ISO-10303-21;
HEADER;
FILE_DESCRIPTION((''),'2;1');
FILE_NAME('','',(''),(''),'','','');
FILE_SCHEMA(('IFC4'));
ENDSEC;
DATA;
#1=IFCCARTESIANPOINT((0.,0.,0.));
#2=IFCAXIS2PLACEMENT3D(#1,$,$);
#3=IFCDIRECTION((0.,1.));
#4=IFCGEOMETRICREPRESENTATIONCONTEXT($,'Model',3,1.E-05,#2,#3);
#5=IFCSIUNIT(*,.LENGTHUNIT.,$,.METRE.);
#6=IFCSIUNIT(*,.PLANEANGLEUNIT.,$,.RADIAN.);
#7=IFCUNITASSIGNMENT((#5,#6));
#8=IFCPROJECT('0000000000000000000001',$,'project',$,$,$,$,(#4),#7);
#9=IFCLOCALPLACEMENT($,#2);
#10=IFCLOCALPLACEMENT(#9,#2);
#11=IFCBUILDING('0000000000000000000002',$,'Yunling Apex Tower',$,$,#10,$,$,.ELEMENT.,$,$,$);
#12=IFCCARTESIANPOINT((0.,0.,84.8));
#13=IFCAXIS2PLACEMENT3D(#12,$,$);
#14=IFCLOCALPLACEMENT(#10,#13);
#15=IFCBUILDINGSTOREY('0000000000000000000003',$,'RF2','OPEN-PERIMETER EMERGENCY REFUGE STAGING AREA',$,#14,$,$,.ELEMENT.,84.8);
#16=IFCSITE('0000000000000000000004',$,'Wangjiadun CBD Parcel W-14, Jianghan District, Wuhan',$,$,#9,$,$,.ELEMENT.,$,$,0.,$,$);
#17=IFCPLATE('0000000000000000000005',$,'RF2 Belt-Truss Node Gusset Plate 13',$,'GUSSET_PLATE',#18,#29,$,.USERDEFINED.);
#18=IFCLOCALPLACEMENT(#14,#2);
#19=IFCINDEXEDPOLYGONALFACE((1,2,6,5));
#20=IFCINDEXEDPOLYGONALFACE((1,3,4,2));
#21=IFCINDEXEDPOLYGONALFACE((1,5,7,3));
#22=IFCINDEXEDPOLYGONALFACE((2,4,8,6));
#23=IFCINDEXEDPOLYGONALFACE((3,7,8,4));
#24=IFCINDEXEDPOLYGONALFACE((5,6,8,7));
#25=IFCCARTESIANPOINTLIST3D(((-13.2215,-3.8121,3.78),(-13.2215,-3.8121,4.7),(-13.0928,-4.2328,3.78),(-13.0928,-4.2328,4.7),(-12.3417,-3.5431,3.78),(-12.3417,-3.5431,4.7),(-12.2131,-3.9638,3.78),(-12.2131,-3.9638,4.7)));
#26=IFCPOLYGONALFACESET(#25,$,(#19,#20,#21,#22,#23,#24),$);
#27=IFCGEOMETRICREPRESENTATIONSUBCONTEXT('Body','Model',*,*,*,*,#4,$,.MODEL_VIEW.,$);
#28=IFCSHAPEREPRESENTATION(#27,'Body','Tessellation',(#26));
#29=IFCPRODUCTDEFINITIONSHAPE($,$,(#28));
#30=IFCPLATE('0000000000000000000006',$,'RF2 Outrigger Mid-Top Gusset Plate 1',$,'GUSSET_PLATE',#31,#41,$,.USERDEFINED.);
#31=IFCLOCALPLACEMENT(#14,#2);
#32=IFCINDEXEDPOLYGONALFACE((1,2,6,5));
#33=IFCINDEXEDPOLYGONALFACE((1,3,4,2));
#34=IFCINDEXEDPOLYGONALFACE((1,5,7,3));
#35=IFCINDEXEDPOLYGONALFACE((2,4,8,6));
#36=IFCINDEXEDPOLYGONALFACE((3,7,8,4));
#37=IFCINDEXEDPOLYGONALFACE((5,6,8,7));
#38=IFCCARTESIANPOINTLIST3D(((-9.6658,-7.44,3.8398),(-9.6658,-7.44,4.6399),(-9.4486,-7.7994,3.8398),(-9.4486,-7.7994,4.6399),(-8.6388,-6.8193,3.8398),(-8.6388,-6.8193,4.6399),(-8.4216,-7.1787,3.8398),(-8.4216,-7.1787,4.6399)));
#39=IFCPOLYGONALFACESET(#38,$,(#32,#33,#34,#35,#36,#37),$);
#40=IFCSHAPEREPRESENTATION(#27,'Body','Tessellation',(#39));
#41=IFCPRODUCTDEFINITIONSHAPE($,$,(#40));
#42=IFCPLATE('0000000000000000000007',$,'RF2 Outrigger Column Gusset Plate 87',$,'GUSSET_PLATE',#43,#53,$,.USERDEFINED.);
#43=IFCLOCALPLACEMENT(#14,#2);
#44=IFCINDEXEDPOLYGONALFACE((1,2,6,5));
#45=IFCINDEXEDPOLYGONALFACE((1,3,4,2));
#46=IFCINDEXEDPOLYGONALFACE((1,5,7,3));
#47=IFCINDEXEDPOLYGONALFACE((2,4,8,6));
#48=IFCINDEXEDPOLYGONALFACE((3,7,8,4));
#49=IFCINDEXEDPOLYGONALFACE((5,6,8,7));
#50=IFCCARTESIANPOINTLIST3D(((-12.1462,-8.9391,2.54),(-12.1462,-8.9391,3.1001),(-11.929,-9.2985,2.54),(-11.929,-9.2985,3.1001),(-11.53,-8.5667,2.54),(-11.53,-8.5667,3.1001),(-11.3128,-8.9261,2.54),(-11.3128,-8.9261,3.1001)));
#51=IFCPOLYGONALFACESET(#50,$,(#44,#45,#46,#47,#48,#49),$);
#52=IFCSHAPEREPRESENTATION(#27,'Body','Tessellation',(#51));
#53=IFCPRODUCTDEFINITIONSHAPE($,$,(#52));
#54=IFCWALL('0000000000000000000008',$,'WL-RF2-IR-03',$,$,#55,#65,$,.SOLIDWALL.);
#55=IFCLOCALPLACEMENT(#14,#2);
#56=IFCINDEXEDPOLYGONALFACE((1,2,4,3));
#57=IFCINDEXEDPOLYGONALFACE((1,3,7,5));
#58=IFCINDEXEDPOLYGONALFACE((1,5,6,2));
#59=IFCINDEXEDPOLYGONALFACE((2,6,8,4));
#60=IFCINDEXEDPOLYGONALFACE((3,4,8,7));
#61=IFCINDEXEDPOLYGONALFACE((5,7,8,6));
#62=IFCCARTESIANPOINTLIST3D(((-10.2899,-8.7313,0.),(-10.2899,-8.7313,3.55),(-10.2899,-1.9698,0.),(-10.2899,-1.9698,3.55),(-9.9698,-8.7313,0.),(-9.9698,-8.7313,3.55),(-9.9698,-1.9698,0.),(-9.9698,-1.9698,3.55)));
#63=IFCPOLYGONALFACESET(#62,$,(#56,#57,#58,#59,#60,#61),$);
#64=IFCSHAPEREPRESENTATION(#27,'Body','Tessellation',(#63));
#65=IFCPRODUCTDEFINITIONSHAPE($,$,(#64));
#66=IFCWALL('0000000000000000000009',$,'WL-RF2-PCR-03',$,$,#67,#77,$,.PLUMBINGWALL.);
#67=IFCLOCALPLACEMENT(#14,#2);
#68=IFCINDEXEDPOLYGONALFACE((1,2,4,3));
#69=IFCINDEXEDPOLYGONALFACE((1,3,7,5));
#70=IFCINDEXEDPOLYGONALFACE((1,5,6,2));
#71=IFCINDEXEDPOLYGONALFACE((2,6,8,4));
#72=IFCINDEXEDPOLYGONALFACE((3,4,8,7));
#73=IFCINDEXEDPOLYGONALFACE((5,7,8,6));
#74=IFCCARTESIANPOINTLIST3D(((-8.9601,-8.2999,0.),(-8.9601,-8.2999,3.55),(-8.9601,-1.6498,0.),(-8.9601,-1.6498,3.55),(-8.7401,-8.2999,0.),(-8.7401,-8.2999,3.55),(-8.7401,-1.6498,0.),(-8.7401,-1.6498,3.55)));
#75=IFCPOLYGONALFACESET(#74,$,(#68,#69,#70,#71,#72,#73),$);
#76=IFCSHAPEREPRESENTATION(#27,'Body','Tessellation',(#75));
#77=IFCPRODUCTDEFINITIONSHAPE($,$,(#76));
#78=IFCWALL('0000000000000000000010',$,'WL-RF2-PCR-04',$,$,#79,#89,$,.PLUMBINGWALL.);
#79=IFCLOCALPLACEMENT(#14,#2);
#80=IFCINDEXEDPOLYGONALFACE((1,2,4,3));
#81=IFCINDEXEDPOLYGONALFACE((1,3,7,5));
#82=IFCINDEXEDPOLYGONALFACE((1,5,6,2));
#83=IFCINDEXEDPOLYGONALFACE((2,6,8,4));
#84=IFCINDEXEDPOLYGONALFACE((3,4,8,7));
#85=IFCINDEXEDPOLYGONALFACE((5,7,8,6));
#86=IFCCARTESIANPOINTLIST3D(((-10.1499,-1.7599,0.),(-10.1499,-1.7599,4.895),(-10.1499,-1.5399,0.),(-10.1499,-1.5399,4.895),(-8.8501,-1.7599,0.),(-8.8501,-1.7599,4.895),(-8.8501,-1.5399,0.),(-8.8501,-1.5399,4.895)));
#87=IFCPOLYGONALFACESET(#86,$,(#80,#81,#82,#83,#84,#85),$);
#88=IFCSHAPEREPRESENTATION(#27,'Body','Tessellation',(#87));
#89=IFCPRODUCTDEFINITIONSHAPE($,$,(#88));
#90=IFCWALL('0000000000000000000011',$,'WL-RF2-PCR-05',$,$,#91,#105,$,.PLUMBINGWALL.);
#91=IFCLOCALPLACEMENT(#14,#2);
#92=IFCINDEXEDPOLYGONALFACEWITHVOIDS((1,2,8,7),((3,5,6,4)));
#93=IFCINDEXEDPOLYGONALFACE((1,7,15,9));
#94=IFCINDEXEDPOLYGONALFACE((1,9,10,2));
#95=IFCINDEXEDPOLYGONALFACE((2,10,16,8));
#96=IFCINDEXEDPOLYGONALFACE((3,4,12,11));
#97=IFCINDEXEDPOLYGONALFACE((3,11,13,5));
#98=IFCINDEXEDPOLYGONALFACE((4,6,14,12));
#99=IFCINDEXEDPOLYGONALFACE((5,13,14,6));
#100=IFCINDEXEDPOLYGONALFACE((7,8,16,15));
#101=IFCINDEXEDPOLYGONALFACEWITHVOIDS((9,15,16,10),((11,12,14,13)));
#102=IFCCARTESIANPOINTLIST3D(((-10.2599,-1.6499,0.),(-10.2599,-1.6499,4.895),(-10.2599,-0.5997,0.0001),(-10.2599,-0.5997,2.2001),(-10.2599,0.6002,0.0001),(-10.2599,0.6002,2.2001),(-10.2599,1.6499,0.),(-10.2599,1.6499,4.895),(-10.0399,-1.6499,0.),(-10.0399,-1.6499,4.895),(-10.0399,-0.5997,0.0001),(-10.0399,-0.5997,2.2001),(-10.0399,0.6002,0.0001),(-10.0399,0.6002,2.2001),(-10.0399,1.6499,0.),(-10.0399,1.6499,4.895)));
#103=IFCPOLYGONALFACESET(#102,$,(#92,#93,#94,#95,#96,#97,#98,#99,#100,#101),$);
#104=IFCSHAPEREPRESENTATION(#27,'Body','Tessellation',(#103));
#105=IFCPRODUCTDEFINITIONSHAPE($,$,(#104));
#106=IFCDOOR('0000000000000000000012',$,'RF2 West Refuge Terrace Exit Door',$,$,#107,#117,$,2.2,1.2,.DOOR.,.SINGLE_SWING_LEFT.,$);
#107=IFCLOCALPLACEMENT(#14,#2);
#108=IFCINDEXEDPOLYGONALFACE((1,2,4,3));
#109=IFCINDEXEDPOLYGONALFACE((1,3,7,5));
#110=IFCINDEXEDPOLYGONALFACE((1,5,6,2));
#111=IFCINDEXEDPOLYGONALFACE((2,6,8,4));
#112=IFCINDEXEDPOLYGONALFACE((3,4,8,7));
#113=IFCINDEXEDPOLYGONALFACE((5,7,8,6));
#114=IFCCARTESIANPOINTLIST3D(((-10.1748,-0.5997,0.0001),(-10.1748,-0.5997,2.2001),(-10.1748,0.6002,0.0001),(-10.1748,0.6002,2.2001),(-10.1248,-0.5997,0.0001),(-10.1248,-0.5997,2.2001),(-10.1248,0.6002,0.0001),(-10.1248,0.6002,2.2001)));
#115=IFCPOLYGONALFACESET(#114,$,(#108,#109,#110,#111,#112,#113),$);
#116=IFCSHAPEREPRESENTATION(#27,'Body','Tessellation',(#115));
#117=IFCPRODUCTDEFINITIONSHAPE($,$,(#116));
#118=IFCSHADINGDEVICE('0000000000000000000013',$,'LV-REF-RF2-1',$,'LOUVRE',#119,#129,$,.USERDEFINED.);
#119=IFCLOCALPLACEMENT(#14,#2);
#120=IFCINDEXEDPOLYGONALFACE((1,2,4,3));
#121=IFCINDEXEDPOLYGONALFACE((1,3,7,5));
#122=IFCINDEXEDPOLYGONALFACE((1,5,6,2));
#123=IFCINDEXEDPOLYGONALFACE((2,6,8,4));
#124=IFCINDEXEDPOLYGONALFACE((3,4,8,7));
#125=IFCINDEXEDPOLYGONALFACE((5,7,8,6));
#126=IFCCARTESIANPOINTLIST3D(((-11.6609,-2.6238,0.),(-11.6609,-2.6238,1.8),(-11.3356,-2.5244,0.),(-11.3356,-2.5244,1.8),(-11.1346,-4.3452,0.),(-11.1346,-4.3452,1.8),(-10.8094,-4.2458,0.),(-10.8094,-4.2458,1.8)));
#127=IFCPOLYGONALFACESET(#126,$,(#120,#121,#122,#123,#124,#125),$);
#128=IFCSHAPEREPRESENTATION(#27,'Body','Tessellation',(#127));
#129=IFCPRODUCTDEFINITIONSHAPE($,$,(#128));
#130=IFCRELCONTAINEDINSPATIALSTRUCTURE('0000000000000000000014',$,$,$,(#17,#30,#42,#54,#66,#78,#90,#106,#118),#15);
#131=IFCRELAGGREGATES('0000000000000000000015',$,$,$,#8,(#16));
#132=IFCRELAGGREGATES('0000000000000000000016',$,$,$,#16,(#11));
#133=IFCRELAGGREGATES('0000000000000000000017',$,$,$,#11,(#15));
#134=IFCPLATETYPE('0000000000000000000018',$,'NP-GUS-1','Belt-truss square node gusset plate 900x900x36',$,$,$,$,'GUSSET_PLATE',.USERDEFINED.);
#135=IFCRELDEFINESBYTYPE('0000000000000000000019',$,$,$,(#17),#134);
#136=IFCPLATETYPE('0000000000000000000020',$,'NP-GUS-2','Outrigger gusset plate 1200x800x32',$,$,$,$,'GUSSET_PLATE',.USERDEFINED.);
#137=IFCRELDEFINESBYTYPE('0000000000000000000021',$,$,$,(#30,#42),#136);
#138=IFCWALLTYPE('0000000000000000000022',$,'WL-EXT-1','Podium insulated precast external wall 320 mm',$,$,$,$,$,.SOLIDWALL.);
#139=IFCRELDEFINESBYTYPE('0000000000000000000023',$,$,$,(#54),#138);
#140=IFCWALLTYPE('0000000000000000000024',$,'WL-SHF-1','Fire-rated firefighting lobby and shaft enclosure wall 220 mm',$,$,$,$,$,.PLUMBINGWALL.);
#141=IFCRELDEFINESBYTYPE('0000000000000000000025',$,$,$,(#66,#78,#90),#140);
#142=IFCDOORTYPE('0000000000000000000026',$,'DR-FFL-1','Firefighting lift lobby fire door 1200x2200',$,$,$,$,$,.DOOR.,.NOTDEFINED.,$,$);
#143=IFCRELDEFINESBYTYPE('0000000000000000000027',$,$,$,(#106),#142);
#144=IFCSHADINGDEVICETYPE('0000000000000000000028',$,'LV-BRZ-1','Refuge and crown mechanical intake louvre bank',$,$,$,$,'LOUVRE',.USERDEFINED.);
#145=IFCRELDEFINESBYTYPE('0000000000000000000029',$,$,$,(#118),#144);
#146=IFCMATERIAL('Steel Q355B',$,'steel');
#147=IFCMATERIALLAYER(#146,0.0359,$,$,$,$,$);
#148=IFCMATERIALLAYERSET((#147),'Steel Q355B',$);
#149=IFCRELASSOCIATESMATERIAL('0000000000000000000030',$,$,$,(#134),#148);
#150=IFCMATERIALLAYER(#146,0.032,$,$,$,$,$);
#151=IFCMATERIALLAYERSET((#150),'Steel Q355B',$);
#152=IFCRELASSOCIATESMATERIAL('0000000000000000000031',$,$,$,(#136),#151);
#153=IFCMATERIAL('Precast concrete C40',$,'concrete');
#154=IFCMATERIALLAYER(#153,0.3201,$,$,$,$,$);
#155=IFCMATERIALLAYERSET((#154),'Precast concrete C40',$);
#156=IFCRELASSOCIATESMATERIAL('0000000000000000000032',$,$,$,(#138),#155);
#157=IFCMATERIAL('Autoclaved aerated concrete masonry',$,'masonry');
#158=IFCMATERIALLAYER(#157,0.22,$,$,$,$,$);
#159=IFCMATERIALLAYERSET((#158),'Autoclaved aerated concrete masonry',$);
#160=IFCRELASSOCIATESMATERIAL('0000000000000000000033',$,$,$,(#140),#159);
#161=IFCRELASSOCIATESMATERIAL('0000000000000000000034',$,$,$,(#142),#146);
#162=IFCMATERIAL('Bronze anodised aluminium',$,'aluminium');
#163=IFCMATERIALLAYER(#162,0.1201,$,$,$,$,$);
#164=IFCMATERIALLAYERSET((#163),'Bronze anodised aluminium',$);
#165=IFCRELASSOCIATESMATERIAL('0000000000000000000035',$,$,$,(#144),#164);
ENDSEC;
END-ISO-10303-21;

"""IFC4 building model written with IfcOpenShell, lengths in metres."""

from ifc_helpers import new_model, si_unit, direction, frame, frame_2d, origin, origin_2d, place, context, subcontext, project, spatial, rectangle, extrude, source, transform, mapped, material, layer, layer_set, type_object, element, fill, save


model = new_model("IFC4")

# Units and contexts
model_context = context("Model", 3, precision=1e-05, world=origin(), true_north=direction((0.0, 1.0)))
body_context = subcontext(model_context, "Body", "Model", "MODEL_VIEW")
ifc_project = project(units=[si_unit("LENGTHUNIT", "METRE"), si_unit("PLANEANGLEUNIT", "RADIAN")], contexts=[model_context])

# Site, building, storey
site_placement = place(None, origin())
site = spatial("IfcSite", under=ifc_project, at=site_placement, Name="Wangjiadun CBD Parcel W-14, Jianghan District, Wuhan", CompositionType="ELEMENT", RefElevation=0.0)
building_placement = place(site_placement, origin())
building = spatial("IfcBuilding", under=site, at=building_placement, Name="Yunling Apex Tower", CompositionType="ELEMENT")
storey_placement = place(building_placement, frame((0.0, 0.0, 84.8)))
storey = spatial("IfcBuildingStorey", under=building, at=storey_placement, Name="RF2", Description="OPEN-PERIMETER EMERGENCY REFUGE STAGING AREA", CompositionType="ELEMENT", Elevation=84.8)

# Shared definitions
ifc_material_1 = material(Name="Steel Q355B", Category="steel")

# Plates
ifc_layer_1 = layer(ifc_material_1, 0.0359)
ifc_layer_set_1 = layer_set([ifc_layer_1], Name="Steel Q355B")
plate_type_1 = type_object("IfcPlateType", Name="NP-GUS-1", Description="Belt-truss square node gusset plate 900x900x36", ElementType="GUSSET_PLATE", PredefinedType="USERDEFINED", material=ifc_layer_set_1)
shared_shape_1 = source(origin(), body_context, "Body", "SweptSolid", [
    extrude(rectangle(XDim=0.9199, YDim=0.4399, at=origin_2d()), origin(), (0.0, 0.0, 1.0), 0.9199),
])
plate_1_placement = place(storey_placement, frame((-12.7173, -3.8879, 3.78), z_axis=(0.0, 0.0, 1.0), x_axis=(-0.956305, -0.292372, 0.0)))
element("IfcPlate", 1, at=plate_1_placement, inside=storey, type_object=plate_type_1, Name="RF2 Belt-Truss Node Gusset Plate 13", ObjectType="GUSSET_PLATE", PredefinedType="USERDEFINED", context=body_context, shape_type="MappedRepresentation", body=[
    mapped(shared_shape_1, transform((0.0, 0.0, 0.0), scale=1.0)),
])
ifc_layer_2 = layer(ifc_material_1, 0.032)
ifc_layer_set_2 = layer_set([ifc_layer_2], Name="Steel Q355B")
plate_type_2 = type_object("IfcPlateType", Name="NP-GUS-2", Description="Outrigger gusset plate 1200x800x32", ElementType="GUSSET_PLATE", PredefinedType="USERDEFINED", material=ifc_layer_set_2)
shared_shape_2 = source(origin(), body_context, "Body", "SweptSolid", [
    extrude(rectangle(XDim=1.2, YDim=0.4199, at=origin_2d()), origin(), (0.0, 0.0, 1.0), 0.8),
])
plate_2_placement = place(storey_placement, frame((-9.0437, -7.3093, 3.8398), z_axis=(0.0, 0.0, 1.0), x_axis=(-0.855816, -0.51728, 0.0)))
element("IfcPlate", 2, at=plate_2_placement, inside=storey, type_object=plate_type_2, Name="RF2 Outrigger Mid-Top Gusset Plate 1", ObjectType="GUSSET_PLATE", PredefinedType="USERDEFINED", context=body_context, shape_type="MappedRepresentation", body=[
    mapped(shared_shape_2, transform((0.0, 0.0, 0.0), scale=1.0)),
])
shared_shape_3 = source(origin(), body_context, "Body", "SweptSolid", [
    extrude(rectangle(XDim=0.72, YDim=0.4199, at=origin_2d()), origin(), (0.0, 0.0, 1.0), 0.5601),
])
plate_3_placement = place(storey_placement, frame((-11.7295, -8.9326, 2.54), z_axis=(0.0, 0.0, 1.0), x_axis=(-0.855816, -0.51728, 0.0)))
element("IfcPlate", 3, at=plate_3_placement, inside=storey, type_object=plate_type_2, Name="RF2 Outrigger Column Gusset Plate 87", ObjectType="GUSSET_PLATE", PredefinedType="USERDEFINED", context=body_context, shape_type="MappedRepresentation", body=[
    mapped(shared_shape_3, transform((0.0, 0.0, 0.0), scale=1.0)),
])

# Walls
ifc_material_2 = material(Name="Precast concrete C40", Category="concrete")
ifc_layer_3 = layer(ifc_material_2, 0.3201)
ifc_layer_set_3 = layer_set([ifc_layer_3], Name="Precast concrete C40")
wall_type_1 = type_object("IfcWallType", Name="WL-EXT-1", Description="Podium insulated precast external wall 320 mm", PredefinedType="SOLIDWALL", material=ifc_layer_set_3)
wall_1_placement = place(storey_placement, frame((-10.1299, -8.7314, 0.0), z_axis=(0.0, 0.0, 1.0), x_axis=(0.0, 1.0, 0.0)))
element("IfcWall", 4, at=wall_1_placement, inside=storey, type_object=wall_type_1, Name="WL-RF2-IR-03", PredefinedType="SOLIDWALL", context=body_context, shape_type="SweptSolid", body=[
    extrude(rectangle(XDim=6.7615, YDim=0.3201, at=frame_2d((3.3809, 0.0))), origin(), (0.0, 0.0, 1.0), 3.55),
])
ifc_material_3 = material(Name="Autoclaved aerated concrete masonry", Category="masonry")
ifc_layer_4 = layer(ifc_material_3, 0.22)
ifc_layer_set_4 = layer_set([ifc_layer_4], Name="Autoclaved aerated concrete masonry")
wall_type_2 = type_object("IfcWallType", Name="WL-SHF-1", Description="Fire-rated firefighting lobby and shaft enclosure wall 220 mm", PredefinedType="PLUMBINGWALL", material=ifc_layer_set_4)
wall_2_placement = place(storey_placement, frame((-8.8501, -8.3, 0.0), z_axis=(0.0, 0.0, 1.0), x_axis=(0.0, 1.0, 0.0)))
element("IfcWall", 5, at=wall_2_placement, inside=storey, type_object=wall_type_2, Name="WL-RF2-PCR-03", PredefinedType="PLUMBINGWALL", context=body_context, shape_type="SweptSolid", body=[
    extrude(rectangle(XDim=6.6501, YDim=0.22, at=frame_2d((3.3252, 0.0))), origin(), (0.0, 0.0, 1.0), 3.55),
])
wall_3_placement = place(storey_placement, frame((-8.8501, -1.6499, 0.0), z_axis=(0.0, 0.0, 1.0), x_axis=(-1.0, 0.0, 0.0)))
element("IfcWall", 6, at=wall_3_placement, inside=storey, type_object=wall_type_2, Name="WL-RF2-PCR-04", PredefinedType="PLUMBINGWALL", context=body_context, shape_type="SweptSolid", body=[
    extrude(rectangle(XDim=1.2998, YDim=0.22, at=frame_2d((0.6499, 0.0))), origin(), (0.0, 0.0, 1.0), 4.895),
])

# Wall, opening, door
wall_4_placement = place(storey_placement, frame((-10.1499, -1.6499, 0.0), z_axis=(0.0, 0.0, 1.0), x_axis=(0.0, 1.0, 0.0)))
wall_4 = element("IfcWall", 7, at=wall_4_placement, inside=storey, type_object=wall_type_2, Name="WL-RF2-PCR-05", PredefinedType="PLUMBINGWALL", context=body_context, shape_type="SweptSolid", body=[
    extrude(rectangle(XDim=3.2998, YDim=0.22, at=frame_2d((1.6499, 0.0))), origin(), (0.0, 0.0, 1.0), 4.895),
])
opening_placement = place(wall_4_placement, frame((1.05, 0.0, 0.0)))
opening = element("IfcOpeningElement", 8, at=opening_placement, cuts=wall_4, PredefinedType="OPENING", context=body_context, shape_type="SweptSolid", body=[
    extrude(rectangle(XDim=1.2, YDim=2.2, at=frame_2d((0.6001, 1.1001))), frame((0.0, 0.1201, 0.0), z_axis=(0.0, -1.0, 0.0), x_axis=(1.0, 0.0, 0.0)), (0.0, 0.0, 1.0), 0.24),
])
door_type = type_object("IfcDoorType", Name="DR-FFL-1", Description="Firefighting lift lobby fire door 1200x2200", OperationType="NOTDEFINED", PredefinedType="DOOR", material=ifc_material_1)
door_placement = place(opening_placement, origin())
door = element("IfcDoor", 9, at=door_placement, inside=storey, type_object=door_type, Name="RF2 West Refuge Terrace Exit Door", OperationType="SINGLE_SWING_LEFT", OverallHeight=2.2, OverallWidth=1.2, PredefinedType="DOOR", context=body_context, shape_type="SweptSolid", body=[
    extrude(rectangle(XDim=1.2, YDim=2.2, at=frame_2d((0.6001, 1.1001))), frame((0.0, 0.0249, 0.0), z_axis=(0.0, -1.0, 0.0), x_axis=(1.0, 0.0, 0.0)), (0.0, 0.0, 1.0), 0.05),
])
fill(opening, door)

# Shading device
ifc_material_4 = material(Name="Bronze anodised aluminium", Category="aluminium")
ifc_layer_5 = layer(ifc_material_4, 0.1201)
ifc_layer_set_5 = layer_set([ifc_layer_5], Name="Bronze anodised aluminium")
shading_device_type = type_object("IfcShadingDeviceType", Name="LV-BRZ-1", Description="Refuge and crown mechanical intake louvre bank", ElementType="LOUVRE", PredefinedType="USERDEFINED", material=ifc_layer_set_5)
shared_shape_4 = source(origin(), body_context, "Body", "SweptSolid", [
    extrude(rectangle(XDim=1.8, YDim=0.3401, at=origin_2d()), origin(), (0.0, 0.0, 1.0), 1.8),
])
shading_device_placement = place(storey_placement, frame((-11.2351, -3.4348, 0.0), z_axis=(0.0, 0.0, 1.0), x_axis=(-0.292372, 0.956305, 0.0)))
element("IfcShadingDevice", 10, at=shading_device_placement, inside=storey, type_object=shading_device_type, Name="LV-REF-RF2-1", ObjectType="LOUVRE", PredefinedType="USERDEFINED", context=body_context, shape_type="MappedRepresentation", body=[
    mapped(shared_shape_4, transform((0.0, 0.0, 0.0), scale=1.0)),
])

save(model, "model.ifc")
